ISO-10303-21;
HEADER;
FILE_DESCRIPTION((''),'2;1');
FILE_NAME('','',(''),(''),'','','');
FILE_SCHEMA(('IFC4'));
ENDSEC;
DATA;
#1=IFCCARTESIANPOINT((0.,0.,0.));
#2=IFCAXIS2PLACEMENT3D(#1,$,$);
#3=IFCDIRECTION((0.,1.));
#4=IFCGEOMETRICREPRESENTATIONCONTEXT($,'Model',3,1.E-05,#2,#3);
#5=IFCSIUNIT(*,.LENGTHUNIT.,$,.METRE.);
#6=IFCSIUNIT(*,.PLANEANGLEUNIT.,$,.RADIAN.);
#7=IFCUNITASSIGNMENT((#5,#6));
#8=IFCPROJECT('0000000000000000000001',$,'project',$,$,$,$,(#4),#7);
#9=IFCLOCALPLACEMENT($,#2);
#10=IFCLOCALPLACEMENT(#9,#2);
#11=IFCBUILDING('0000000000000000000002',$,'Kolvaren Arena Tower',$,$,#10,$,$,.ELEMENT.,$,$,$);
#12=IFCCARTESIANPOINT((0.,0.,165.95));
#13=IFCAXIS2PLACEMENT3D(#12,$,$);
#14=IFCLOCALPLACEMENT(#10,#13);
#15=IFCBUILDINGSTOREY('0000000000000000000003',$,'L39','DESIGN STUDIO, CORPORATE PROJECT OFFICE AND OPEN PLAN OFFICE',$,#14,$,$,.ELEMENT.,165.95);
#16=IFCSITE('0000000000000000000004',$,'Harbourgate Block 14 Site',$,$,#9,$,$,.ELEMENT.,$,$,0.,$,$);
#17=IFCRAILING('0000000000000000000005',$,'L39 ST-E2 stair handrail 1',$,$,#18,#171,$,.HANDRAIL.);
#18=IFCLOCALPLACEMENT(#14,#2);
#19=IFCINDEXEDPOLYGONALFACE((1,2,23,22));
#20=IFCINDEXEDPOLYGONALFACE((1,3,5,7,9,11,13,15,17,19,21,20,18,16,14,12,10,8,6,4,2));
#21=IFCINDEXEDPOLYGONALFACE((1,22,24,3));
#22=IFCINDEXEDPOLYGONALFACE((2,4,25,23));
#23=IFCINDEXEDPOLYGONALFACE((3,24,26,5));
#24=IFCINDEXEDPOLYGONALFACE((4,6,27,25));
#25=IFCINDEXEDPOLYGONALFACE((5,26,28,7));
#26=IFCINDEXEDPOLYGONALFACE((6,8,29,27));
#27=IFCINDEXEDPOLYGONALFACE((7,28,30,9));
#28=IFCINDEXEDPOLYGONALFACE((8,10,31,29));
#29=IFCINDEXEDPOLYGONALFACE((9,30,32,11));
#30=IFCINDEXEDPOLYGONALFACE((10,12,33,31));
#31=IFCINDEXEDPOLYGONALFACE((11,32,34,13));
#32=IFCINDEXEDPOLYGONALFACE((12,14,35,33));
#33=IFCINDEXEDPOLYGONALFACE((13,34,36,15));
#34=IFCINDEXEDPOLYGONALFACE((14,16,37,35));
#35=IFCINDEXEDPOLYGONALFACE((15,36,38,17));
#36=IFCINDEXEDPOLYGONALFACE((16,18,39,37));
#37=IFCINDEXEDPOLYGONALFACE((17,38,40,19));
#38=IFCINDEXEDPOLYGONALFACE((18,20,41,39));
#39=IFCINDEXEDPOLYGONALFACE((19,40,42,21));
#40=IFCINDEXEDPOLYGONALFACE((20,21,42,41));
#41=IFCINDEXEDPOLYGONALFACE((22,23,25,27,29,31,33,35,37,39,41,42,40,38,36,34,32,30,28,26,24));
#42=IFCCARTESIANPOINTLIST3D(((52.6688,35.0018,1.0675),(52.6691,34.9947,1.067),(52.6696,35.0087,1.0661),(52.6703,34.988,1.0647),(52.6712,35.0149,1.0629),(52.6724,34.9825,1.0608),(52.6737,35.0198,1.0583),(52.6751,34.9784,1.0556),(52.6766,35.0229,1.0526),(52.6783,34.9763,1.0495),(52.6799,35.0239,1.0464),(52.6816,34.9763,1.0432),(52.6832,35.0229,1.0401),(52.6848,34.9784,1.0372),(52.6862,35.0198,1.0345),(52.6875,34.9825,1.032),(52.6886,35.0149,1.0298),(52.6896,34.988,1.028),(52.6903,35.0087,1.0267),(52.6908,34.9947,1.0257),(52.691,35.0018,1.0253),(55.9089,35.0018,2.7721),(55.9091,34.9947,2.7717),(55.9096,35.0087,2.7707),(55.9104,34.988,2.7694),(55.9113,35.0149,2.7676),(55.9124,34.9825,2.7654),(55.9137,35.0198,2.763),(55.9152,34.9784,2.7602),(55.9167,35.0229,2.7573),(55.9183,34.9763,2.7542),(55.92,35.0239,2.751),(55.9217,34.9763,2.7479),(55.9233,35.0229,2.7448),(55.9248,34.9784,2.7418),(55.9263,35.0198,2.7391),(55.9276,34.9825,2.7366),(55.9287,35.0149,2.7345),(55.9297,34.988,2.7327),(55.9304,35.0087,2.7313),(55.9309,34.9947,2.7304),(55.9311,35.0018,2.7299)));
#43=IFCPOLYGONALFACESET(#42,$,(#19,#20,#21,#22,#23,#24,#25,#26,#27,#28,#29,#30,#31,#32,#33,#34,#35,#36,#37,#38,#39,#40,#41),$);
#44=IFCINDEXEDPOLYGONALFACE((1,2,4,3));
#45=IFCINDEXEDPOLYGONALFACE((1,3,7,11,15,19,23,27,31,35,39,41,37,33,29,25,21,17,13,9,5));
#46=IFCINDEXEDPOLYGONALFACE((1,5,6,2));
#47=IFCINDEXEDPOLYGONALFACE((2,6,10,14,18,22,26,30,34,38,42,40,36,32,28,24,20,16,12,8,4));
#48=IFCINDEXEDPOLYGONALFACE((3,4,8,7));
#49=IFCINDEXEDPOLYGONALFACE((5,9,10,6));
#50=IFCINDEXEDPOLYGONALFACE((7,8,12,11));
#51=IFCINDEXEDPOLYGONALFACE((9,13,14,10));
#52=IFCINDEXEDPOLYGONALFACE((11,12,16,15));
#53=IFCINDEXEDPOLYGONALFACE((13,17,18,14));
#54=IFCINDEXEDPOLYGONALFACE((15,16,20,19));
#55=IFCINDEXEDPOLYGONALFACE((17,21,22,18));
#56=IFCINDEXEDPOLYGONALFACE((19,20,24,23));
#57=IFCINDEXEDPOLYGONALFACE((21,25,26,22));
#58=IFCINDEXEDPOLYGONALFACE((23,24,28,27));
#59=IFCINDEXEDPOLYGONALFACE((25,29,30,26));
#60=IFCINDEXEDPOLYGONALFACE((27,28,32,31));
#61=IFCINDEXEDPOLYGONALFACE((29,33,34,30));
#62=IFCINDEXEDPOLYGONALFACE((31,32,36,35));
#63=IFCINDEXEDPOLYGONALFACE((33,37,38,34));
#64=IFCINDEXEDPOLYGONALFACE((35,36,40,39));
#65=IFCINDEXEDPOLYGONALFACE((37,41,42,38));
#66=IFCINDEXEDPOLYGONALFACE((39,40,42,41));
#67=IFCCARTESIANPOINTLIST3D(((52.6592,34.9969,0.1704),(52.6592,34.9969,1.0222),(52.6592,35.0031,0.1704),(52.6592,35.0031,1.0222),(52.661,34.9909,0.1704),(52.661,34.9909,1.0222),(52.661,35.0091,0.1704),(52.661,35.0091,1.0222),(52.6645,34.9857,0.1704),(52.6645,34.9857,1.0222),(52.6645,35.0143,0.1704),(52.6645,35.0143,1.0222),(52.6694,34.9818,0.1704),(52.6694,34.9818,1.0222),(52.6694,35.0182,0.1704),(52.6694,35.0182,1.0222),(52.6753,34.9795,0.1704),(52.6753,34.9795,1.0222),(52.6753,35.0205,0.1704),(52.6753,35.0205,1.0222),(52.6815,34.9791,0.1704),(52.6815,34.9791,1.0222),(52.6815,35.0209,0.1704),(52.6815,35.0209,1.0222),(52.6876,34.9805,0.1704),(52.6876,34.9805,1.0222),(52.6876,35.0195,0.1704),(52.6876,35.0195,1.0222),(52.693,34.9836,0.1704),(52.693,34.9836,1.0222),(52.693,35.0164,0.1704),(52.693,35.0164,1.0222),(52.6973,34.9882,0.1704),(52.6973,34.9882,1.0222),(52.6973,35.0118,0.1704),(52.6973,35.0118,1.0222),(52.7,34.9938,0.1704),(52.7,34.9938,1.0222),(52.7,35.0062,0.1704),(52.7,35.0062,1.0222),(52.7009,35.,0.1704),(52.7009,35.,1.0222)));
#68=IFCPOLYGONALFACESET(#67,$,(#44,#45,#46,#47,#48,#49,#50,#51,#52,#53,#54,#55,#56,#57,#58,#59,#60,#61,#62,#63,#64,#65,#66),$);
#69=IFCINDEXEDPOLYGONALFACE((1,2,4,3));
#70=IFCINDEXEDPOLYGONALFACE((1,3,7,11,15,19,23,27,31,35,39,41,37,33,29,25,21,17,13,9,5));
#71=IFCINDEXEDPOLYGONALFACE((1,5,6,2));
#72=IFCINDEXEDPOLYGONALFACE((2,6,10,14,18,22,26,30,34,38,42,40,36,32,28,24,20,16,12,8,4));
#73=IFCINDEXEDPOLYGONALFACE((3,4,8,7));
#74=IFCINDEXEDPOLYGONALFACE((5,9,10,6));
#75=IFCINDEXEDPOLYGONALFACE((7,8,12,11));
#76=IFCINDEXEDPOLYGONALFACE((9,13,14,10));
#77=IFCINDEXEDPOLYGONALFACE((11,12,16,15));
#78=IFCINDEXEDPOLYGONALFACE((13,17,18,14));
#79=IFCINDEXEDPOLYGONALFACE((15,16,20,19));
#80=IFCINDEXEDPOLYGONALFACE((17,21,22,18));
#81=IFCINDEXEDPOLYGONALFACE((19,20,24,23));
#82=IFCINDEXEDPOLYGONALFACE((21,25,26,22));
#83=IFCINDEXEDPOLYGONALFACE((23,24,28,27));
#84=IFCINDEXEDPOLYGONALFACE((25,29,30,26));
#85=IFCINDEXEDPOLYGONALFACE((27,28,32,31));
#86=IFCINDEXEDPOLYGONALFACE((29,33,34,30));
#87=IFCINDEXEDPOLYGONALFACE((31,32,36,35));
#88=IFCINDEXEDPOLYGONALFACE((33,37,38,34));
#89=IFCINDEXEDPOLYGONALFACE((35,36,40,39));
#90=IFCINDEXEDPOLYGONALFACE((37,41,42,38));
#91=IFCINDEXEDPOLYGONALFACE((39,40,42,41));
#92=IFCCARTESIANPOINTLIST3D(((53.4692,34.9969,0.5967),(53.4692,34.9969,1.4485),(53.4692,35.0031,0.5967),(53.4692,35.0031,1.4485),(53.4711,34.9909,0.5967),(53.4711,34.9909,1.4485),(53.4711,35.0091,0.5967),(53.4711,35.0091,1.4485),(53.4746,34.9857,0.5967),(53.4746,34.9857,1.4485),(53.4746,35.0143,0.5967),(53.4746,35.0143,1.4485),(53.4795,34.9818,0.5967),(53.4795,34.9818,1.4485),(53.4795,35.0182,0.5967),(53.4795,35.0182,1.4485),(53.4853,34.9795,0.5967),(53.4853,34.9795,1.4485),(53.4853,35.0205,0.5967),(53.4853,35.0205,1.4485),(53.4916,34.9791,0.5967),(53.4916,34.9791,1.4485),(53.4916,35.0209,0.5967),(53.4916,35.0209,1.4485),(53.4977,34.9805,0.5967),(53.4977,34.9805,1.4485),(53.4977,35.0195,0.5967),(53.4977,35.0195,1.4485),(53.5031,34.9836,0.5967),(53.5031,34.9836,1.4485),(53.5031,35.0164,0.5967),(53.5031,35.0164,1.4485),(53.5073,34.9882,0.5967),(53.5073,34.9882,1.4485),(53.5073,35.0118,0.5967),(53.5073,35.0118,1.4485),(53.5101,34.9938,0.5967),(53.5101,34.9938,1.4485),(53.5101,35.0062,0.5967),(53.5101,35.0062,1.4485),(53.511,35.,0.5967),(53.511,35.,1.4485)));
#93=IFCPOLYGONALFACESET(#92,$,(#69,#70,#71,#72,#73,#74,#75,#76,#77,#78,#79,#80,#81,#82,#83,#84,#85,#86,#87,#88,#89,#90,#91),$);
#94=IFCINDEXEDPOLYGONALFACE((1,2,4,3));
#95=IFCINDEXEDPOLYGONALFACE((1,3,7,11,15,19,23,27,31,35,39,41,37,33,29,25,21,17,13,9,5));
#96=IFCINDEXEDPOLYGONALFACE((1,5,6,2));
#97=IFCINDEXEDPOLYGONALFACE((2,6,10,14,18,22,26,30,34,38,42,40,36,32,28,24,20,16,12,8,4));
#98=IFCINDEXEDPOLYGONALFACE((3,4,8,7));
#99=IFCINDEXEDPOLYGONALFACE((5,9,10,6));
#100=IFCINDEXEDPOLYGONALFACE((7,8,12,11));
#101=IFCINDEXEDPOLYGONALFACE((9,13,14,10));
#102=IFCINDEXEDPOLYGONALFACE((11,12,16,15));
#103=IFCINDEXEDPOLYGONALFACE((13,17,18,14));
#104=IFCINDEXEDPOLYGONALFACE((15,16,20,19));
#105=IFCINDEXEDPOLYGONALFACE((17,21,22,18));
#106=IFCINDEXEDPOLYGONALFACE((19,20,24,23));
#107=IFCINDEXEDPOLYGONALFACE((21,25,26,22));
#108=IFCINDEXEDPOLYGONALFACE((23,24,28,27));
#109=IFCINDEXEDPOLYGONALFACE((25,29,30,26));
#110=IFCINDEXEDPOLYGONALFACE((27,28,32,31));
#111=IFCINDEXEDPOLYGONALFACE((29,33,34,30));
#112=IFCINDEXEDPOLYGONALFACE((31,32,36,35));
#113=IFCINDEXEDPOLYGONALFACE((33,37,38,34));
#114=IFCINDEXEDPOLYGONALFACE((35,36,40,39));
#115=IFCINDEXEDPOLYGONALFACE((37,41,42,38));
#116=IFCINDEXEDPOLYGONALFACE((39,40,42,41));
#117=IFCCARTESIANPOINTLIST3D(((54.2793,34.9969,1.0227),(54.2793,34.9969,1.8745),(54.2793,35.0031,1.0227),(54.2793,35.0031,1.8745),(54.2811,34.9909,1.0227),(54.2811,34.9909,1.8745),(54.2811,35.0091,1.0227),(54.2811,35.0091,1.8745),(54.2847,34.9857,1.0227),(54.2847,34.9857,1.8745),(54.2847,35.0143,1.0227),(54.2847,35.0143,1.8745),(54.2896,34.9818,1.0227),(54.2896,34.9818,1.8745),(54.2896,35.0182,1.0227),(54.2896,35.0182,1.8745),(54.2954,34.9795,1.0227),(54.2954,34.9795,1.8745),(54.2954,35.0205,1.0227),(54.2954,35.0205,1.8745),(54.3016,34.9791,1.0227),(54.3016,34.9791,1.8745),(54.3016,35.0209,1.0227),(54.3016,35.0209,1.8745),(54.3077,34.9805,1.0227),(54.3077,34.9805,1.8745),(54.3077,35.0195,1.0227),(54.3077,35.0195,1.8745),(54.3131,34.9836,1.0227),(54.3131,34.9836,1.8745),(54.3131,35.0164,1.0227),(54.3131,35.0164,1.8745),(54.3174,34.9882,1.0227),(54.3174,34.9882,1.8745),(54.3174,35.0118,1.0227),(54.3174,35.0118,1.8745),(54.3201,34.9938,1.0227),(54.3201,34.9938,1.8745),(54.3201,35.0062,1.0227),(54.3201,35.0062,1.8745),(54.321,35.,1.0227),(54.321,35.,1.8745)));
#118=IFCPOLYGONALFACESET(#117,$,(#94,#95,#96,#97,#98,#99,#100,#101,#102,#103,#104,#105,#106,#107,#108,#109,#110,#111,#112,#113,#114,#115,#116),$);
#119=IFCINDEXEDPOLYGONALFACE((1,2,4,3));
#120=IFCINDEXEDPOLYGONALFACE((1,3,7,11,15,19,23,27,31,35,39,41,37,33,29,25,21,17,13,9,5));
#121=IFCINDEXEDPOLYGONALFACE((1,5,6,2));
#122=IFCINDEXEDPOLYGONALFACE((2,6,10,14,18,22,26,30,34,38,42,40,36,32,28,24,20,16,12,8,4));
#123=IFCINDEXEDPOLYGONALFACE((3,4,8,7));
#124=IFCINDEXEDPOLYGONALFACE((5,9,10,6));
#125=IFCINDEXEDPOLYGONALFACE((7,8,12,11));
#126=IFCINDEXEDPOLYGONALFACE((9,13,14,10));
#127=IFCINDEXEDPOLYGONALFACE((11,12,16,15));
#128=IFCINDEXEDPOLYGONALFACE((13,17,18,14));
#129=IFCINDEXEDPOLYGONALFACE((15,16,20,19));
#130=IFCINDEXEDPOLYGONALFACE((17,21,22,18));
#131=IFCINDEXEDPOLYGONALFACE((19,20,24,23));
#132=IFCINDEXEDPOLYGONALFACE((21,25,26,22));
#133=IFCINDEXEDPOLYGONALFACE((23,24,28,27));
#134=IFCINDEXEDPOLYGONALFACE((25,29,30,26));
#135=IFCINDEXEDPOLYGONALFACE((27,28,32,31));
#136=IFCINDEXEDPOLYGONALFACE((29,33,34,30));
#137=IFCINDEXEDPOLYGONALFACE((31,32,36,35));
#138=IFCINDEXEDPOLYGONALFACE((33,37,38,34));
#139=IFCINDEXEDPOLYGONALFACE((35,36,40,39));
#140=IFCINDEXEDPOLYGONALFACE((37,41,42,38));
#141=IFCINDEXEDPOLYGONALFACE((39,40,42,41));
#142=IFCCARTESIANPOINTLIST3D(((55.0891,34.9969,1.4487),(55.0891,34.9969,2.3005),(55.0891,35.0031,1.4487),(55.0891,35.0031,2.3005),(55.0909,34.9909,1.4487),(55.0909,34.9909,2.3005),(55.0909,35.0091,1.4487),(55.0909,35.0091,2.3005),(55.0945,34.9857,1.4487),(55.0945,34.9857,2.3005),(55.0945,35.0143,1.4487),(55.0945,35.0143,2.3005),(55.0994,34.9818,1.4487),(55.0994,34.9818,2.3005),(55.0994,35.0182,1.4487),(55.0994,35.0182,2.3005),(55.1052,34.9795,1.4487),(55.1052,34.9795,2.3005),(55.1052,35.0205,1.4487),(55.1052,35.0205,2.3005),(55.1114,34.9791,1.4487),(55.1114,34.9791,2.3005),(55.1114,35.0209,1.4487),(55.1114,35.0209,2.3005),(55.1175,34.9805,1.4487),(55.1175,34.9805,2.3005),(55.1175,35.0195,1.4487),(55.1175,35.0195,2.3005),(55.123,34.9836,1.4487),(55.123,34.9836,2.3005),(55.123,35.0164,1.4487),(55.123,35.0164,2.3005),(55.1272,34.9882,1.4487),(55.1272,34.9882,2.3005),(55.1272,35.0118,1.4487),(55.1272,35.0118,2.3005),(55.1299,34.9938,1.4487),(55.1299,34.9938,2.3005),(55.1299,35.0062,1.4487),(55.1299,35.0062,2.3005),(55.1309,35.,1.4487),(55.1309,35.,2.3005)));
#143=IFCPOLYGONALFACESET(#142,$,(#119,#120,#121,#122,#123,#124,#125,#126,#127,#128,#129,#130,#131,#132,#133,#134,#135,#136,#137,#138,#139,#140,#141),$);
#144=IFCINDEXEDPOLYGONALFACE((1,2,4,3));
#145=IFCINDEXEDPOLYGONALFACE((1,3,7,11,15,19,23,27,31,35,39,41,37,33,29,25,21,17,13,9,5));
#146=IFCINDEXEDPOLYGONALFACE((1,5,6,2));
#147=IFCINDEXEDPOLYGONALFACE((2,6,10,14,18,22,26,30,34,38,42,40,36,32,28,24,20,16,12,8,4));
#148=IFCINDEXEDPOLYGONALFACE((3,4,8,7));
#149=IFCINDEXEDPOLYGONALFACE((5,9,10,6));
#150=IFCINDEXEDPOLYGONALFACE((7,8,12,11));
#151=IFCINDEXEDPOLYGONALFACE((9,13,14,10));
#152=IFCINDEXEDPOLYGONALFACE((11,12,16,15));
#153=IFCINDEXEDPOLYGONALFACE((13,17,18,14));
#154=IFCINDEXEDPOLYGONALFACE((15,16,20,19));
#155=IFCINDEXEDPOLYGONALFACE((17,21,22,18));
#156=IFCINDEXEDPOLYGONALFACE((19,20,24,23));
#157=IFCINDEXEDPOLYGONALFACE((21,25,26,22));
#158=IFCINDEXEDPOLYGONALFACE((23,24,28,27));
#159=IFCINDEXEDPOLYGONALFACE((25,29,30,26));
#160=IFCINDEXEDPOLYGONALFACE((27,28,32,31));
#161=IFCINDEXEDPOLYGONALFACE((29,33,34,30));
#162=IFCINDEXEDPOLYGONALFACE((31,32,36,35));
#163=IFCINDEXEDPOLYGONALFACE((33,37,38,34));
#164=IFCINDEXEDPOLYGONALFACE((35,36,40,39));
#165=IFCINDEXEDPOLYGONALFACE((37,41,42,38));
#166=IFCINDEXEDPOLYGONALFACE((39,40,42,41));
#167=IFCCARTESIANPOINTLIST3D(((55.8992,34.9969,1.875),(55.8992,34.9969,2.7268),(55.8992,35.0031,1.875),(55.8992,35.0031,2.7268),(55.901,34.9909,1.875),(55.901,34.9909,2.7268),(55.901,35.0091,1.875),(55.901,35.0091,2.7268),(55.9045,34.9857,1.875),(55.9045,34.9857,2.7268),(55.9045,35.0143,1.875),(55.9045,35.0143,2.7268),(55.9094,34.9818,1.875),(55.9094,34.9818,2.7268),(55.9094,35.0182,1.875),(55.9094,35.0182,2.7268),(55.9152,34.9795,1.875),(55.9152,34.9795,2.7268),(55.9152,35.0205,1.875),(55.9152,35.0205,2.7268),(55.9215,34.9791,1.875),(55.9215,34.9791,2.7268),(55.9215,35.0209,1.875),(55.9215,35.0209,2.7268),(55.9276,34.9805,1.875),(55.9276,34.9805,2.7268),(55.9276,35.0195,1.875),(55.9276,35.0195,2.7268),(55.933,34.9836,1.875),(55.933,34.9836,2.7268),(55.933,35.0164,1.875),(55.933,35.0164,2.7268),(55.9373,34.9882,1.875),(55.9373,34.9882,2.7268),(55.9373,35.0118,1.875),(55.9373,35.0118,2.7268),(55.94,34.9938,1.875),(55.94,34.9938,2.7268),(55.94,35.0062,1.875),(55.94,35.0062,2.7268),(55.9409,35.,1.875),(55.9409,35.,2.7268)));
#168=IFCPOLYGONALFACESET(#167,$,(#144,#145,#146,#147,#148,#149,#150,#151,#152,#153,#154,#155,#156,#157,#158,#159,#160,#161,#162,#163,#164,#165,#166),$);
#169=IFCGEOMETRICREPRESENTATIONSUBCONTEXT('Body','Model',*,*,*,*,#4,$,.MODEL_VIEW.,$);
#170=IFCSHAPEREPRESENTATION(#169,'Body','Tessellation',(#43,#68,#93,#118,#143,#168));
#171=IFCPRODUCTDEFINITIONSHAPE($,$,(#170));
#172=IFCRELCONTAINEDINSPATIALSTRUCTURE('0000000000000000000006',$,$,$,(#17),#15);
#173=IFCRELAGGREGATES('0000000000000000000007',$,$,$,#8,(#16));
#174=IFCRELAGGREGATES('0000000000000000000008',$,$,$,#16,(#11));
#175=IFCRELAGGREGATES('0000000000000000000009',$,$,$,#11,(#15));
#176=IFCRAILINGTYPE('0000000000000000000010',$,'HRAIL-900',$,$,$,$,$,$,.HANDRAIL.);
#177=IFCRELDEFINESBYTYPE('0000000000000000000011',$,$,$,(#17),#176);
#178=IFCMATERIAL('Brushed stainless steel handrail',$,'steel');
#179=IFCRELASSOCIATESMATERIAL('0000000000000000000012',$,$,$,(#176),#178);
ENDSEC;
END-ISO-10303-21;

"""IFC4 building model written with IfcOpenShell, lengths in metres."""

from ifc_helpers import new_model, si_unit, direction, frame, origin, origin_2d, place, context, subcontext, project, spatial, circle, extrude, material, type_object, element, save


model = new_model("IFC4")

# Units and contexts
model_context = context("Model", 3, precision=1e-05, world=origin(), true_north=direction((0.0, 1.0)))
body_context = subcontext(model_context, "Body", "Model", "MODEL_VIEW")
ifc_project = project(units=[si_unit("LENGTHUNIT", "METRE"), si_unit("PLANEANGLEUNIT", "RADIAN")], contexts=[model_context])

# Site, building, storey
site_placement = place(None, origin())
site = spatial("IfcSite", under=ifc_project, at=site_placement, Name="Harbourgate Block 14 Site", CompositionType="ELEMENT", RefElevation=0.0)
building_placement = place(site_placement, origin())
building = spatial("IfcBuilding", under=site, at=building_placement, Name="Kolvaren Arena Tower", CompositionType="ELEMENT")
storey_placement = place(building_placement, frame((0.0, 0.0, 165.95)))
storey = spatial("IfcBuildingStorey", under=building, at=storey_placement, Name="L39", Description="DESIGN STUDIO, CORPORATE PROJECT OFFICE AND OPEN PLAN OFFICE", CompositionType="ELEMENT", Elevation=165.95)

# Railing
ifc_material_1 = material(Name="Brushed stainless steel handrail", Category="steel")
railing_type_1 = type_object("IfcRailingType", Name="HRAIL-900", PredefinedType="HANDRAIL", material=ifc_material_1)
for number, where, name in (
    (1, (52.6799, 35.0, 0.1704), "L39 ST-E2 stair handrail 1"),
):
    element("IfcRailing", number, at=place(storey_placement, frame(where)), inside=storey, type_object=railing_type_1, Name=name, PredefinedType="HANDRAIL", context=body_context, shape_type="SweptSolid", body=[
        extrude(circle(Radius=0.0239, at=origin_2d()), frame((0.0, 0.0, 0.876), z_axis=(0.884993, 0.0, 0.465604), x_axis=(0.0, 1.0, 0.0)), (0.0, 0.0, 1.0), 3.6611),
        extrude(circle(Radius=0.021, at=origin_2d()), origin(), (0.0, 0.0, 1.0), 0.8518),
        extrude(circle(Radius=0.021, at=origin_2d()), frame((0.8101, 0.0, 0.4263)), (0.0, 0.0, 1.0), 0.8518),
        extrude(circle(Radius=0.021, at=origin_2d()), frame((1.6201, 0.0, 0.8523)), (0.0, 0.0, 1.0), 0.8518),
        extrude(circle(Radius=0.021, at=origin_2d()), frame((2.4299, 0.0, 1.2783)), (0.0, 0.0, 1.0), 0.8518),
        extrude(circle(Radius=0.021, at=origin_2d()), frame((3.24, 0.0, 1.7046)), (0.0, 0.0, 1.0), 0.8518),
    ])

save(model, "model.ifc")
